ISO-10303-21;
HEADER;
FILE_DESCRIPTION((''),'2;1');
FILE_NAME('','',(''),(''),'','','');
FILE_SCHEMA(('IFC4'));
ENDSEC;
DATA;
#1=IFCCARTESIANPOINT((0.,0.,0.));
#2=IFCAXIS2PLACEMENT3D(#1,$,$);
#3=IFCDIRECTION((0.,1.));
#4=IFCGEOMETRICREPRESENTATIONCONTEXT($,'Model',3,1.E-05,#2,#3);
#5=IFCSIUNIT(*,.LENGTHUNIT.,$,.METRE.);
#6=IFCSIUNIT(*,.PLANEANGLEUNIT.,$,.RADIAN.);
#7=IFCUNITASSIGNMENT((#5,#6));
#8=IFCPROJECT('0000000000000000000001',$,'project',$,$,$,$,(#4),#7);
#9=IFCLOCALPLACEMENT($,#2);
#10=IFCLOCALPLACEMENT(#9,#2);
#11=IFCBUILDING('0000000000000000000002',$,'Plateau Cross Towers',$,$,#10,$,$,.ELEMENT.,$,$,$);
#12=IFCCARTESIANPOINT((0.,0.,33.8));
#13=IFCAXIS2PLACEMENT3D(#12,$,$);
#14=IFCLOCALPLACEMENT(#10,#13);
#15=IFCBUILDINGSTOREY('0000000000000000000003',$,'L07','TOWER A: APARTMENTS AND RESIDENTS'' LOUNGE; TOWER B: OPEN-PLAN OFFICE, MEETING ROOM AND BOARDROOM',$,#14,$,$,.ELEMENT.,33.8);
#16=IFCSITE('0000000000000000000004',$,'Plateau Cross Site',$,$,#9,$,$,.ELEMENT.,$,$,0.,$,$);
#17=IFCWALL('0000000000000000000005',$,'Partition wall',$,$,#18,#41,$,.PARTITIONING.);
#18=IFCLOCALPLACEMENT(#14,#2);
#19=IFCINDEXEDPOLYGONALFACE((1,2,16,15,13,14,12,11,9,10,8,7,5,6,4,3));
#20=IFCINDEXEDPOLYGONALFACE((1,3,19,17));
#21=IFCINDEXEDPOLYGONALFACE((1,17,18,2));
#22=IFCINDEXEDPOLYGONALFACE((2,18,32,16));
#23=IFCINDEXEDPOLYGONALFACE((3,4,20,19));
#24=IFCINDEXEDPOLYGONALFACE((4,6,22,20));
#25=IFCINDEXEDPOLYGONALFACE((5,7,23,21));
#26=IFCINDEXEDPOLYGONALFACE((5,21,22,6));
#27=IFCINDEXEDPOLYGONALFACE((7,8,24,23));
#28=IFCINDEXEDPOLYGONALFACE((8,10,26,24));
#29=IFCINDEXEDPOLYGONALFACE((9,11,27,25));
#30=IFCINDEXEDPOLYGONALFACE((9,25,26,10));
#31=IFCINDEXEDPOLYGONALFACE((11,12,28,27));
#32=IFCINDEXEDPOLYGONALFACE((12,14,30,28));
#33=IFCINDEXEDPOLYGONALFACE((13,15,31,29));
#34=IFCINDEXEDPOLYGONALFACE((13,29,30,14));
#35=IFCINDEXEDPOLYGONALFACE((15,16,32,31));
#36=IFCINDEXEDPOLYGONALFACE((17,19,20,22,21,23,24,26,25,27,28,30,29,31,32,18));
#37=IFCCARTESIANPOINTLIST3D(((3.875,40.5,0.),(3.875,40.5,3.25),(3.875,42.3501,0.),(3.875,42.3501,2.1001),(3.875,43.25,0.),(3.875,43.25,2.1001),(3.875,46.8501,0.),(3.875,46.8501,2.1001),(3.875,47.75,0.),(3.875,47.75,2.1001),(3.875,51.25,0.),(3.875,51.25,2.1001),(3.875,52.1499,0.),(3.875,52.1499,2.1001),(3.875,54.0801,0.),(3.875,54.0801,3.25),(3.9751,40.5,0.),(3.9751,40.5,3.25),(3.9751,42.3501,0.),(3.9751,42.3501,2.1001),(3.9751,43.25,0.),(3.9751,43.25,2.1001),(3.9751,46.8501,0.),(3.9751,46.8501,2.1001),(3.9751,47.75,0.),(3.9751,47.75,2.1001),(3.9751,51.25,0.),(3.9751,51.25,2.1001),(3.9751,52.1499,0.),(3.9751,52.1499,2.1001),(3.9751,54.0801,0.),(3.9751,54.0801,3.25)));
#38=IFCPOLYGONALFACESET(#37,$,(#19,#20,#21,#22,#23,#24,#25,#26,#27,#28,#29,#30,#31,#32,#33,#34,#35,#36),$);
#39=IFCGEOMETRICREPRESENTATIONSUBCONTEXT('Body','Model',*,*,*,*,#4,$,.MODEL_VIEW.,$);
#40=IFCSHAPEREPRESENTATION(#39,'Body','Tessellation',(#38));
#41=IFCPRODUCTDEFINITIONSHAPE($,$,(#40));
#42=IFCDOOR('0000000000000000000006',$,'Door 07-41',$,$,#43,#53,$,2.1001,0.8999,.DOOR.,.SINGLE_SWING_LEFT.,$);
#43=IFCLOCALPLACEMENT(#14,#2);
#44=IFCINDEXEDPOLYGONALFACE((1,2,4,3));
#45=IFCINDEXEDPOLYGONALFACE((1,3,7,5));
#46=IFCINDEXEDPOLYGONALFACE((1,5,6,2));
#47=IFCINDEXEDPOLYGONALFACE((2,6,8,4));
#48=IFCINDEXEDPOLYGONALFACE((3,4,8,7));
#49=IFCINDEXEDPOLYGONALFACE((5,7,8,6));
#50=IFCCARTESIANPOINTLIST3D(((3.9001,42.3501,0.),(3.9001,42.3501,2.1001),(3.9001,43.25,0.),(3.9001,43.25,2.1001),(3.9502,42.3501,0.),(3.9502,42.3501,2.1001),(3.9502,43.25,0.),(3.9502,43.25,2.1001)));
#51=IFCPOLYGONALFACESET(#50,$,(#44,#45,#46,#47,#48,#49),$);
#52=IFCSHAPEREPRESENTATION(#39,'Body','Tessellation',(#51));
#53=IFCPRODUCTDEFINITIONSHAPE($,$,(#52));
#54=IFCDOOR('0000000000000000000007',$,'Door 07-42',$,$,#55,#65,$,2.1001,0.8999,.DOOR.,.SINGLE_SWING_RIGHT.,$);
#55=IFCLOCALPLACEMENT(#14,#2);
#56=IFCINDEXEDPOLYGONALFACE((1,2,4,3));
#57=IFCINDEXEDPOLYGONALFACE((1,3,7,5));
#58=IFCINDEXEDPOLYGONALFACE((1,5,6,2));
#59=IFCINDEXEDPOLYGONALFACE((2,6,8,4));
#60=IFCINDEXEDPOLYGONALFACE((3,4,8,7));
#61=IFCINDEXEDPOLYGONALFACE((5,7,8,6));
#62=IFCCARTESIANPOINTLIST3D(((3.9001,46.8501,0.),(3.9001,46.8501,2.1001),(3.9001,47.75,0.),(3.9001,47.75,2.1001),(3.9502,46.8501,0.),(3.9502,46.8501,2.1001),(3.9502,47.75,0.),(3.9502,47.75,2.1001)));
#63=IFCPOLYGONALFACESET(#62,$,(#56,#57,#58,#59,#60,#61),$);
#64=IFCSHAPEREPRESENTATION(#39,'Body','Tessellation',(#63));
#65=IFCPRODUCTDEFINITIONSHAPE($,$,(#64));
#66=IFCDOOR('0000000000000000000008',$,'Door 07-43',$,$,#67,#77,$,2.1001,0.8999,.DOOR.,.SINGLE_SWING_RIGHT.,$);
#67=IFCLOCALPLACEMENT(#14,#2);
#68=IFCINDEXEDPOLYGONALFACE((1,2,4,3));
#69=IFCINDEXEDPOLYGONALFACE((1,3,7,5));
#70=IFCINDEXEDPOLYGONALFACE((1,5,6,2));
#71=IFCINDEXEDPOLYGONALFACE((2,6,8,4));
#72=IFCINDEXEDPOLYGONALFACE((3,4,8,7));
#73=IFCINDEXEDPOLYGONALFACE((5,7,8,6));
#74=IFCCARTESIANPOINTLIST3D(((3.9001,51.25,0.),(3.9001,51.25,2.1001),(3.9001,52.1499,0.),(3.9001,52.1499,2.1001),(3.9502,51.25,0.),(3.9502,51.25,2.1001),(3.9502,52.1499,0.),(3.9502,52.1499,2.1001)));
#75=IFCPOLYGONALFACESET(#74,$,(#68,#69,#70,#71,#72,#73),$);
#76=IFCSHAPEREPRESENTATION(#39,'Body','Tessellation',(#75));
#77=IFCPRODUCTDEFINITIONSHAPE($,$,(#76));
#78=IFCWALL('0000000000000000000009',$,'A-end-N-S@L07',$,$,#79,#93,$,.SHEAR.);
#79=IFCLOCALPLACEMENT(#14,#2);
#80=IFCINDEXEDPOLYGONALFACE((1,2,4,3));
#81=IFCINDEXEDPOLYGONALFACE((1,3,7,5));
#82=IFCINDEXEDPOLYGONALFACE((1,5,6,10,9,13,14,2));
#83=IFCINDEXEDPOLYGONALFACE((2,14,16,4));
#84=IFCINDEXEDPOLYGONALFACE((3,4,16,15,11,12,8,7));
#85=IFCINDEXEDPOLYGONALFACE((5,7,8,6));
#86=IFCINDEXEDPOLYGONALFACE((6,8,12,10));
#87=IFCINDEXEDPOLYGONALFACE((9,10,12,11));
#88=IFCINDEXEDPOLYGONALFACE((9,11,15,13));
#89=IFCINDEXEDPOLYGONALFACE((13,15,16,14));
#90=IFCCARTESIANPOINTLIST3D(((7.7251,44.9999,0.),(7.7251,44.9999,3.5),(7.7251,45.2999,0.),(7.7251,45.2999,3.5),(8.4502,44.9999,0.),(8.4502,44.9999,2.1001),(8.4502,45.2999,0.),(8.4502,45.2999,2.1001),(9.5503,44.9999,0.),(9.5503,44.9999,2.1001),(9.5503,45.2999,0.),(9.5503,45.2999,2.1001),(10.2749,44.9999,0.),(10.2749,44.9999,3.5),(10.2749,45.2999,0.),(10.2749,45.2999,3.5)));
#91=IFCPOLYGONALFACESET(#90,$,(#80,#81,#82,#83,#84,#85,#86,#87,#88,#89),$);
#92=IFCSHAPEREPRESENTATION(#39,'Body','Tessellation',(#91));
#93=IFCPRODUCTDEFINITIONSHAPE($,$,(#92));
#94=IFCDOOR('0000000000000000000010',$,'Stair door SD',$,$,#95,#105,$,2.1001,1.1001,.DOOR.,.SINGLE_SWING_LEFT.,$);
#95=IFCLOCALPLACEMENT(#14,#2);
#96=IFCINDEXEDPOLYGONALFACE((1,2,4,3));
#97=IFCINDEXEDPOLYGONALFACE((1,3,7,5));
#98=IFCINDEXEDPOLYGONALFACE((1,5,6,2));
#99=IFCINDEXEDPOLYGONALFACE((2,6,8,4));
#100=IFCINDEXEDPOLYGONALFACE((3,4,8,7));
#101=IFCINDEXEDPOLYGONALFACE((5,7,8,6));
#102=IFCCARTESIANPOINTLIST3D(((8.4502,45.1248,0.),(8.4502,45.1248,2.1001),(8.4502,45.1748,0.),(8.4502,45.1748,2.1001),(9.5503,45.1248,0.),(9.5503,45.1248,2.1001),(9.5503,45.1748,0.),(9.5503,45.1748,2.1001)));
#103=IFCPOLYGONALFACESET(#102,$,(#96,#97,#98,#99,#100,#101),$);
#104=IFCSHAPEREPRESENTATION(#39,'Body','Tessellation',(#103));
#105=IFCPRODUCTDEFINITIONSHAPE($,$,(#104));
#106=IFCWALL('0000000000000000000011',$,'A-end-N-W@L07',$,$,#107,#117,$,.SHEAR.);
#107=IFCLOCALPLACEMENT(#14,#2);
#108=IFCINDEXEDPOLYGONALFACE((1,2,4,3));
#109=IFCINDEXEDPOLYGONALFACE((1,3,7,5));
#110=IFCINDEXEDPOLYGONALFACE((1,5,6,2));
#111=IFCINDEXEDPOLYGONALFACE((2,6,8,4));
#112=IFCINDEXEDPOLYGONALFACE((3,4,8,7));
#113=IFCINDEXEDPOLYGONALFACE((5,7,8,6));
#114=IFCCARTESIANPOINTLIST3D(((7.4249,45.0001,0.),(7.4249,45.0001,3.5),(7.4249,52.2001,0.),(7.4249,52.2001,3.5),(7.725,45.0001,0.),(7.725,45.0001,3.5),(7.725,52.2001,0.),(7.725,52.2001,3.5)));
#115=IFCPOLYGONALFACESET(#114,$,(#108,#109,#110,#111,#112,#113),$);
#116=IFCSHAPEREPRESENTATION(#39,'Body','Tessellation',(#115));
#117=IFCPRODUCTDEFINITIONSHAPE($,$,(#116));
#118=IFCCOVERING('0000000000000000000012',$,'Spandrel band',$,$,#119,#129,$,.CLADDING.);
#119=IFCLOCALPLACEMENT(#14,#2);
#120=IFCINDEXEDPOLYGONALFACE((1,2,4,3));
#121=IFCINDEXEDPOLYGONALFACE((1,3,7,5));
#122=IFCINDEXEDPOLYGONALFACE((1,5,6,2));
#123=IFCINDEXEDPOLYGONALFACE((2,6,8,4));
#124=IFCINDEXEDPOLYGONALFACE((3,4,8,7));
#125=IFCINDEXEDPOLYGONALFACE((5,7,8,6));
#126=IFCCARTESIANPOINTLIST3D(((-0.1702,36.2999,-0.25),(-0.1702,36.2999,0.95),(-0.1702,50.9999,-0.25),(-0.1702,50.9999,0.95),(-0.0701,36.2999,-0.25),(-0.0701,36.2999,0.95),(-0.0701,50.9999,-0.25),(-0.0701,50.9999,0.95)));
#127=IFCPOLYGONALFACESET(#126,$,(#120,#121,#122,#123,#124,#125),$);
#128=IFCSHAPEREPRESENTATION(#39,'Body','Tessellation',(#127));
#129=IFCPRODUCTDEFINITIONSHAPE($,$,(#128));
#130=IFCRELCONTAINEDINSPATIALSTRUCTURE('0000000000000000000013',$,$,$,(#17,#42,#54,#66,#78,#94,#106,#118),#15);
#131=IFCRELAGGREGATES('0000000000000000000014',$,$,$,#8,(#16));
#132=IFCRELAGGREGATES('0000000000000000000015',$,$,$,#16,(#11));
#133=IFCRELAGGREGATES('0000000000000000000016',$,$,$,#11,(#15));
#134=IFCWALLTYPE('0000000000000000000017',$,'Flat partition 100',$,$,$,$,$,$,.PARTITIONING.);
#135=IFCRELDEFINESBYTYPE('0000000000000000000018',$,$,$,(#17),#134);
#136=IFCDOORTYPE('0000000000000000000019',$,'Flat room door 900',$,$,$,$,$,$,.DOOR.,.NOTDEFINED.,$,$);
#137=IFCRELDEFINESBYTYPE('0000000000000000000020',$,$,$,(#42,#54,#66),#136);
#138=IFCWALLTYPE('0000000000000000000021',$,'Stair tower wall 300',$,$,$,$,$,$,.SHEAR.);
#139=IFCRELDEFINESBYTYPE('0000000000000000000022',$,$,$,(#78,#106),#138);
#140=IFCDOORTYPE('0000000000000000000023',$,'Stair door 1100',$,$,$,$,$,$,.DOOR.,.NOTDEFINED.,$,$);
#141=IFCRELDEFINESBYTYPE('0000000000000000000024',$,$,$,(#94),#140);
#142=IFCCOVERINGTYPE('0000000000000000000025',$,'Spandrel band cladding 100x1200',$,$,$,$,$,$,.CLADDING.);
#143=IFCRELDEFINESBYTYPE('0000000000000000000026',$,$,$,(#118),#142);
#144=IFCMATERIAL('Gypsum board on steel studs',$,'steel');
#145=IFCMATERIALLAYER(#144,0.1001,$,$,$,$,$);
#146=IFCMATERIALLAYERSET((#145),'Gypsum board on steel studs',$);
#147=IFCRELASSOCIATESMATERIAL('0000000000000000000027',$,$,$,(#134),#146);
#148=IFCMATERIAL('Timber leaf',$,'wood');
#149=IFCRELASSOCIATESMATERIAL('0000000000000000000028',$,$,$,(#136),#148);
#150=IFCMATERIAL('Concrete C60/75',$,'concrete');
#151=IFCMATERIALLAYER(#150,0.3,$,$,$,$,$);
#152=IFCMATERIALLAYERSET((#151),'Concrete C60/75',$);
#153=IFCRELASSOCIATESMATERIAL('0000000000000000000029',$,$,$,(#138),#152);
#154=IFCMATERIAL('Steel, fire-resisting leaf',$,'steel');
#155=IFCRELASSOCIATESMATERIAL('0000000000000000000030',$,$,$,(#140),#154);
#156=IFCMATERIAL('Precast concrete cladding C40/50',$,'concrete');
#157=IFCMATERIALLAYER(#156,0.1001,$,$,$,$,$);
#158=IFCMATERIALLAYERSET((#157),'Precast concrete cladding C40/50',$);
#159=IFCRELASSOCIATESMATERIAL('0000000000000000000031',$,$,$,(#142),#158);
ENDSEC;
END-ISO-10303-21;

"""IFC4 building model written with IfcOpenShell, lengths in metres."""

from ifc_helpers import new_model, si_unit, direction, frame, frame_2d, origin, origin_2d, place, context, subcontext, project, spatial, rectangle, extrude, material, layer, layer_set, type_object, element, fill, save


model = new_model("IFC4")

# Units and contexts
model_context = context("Model", 3, precision=1e-05, world=origin(), true_north=direction((0.0, 1.0)))
body_context = subcontext(model_context, "Body", "Model", "MODEL_VIEW")
ifc_project = project(units=[si_unit("LENGTHUNIT", "METRE"), si_unit("PLANEANGLEUNIT", "RADIAN")], contexts=[model_context])

# Site, building, storey
site_placement = place(None, origin())
site = spatial("IfcSite", under=ifc_project, at=site_placement, Name="Plateau Cross Site", CompositionType="ELEMENT", RefElevation=0.0)
building_placement = place(site_placement, origin())
building = spatial("IfcBuilding", under=site, at=building_placement, Name="Plateau Cross Towers", CompositionType="ELEMENT")
storey_placement = place(building_placement, frame((0.0, 0.0, 33.8)))
storey = spatial("IfcBuildingStorey", under=building, at=storey_placement, Name="L07", Description="TOWER A: APARTMENTS AND RESIDENTS' LOUNGE; TOWER B: OPEN-PLAN OFFICE, MEETING ROOM AND BOARDROOM", CompositionType="ELEMENT", Elevation=33.8)

# Shared definitions
ifc_material_1 = material(Name="Gypsum board on steel studs", Category="steel")
ifc_layer_1 = layer(ifc_material_1, 0.1001)
ifc_layer_set_1 = layer_set([ifc_layer_1], Name="Gypsum board on steel studs")
wall_type_1 = type_object("IfcWallType", Name="Flat partition 100", PredefinedType="PARTITIONING", material=ifc_layer_set_1)

# Shared definitions
ifc_material_2 = material(Name="Timber leaf", Category="wood")
door_type_1 = type_object("IfcDoorType", Name="Flat room door 900", OperationType="NOTDEFINED", PredefinedType="DOOR", material=ifc_material_2)

# Wall, openings, doors
wall_1_placement = place(storey_placement, frame((3.925, 40.5, 0.0), z_axis=(0.0, 0.0, 1.0), x_axis=(0.0, 1.0, 0.0)))
wall_1 = element("IfcWall", 1, at=wall_1_placement, inside=storey, type_object=wall_type_1, Name="Partition wall", PredefinedType="PARTITIONING", context=body_context, shape_type="SweptSolid", body=[
    extrude(rectangle(XDim=13.5801, YDim=0.1001, at=frame_2d((6.79, 0.0))), origin(), (0.0, 0.0, 1.0), 3.25),
])
opening_1_placement = place(wall_1_placement, frame((1.8501, 0.0, 0.0)))
opening_1 = element("IfcOpeningElement", 2, at=opening_1_placement, cuts=wall_1, PredefinedType="OPENING", context=body_context, shape_type="SweptSolid", body=[
    extrude(rectangle(XDim=0.8999, YDim=2.1001, at=frame_2d((0.45, 1.05))), frame((0.0, 0.0601, 0.0), z_axis=(0.0, -1.0, 0.0), x_axis=(1.0, 0.0, 0.0)), (0.0, 0.0, 1.0), 0.1201),
])
opening_2_placement = place(wall_1_placement, frame((6.3501, 0.0, 0.0)))
opening_2 = element("IfcOpeningElement", 3, at=opening_2_placement, cuts=wall_1, PredefinedType="OPENING", context=body_context, shape_type="SweptSolid", body=[
    extrude(rectangle(XDim=0.8999, YDim=2.1001, at=frame_2d((0.45, 1.05))), frame((0.0, 0.0601, 0.0), z_axis=(0.0, -1.0, 0.0), x_axis=(1.0, 0.0, 0.0)), (0.0, 0.0, 1.0), 0.1201),
])
opening_3_placement = place(wall_1_placement, frame((10.75, 0.0, 0.0)))
opening_3 = element("IfcOpeningElement", 4, at=opening_3_placement, cuts=wall_1, PredefinedType="OPENING", context=body_context, shape_type="SweptSolid", body=[
    extrude(rectangle(XDim=0.8999, YDim=2.1001, at=frame_2d((0.45, 1.05))), frame((0.0, 0.0601, 0.0), z_axis=(0.0, -1.0, 0.0), x_axis=(1.0, 0.0, 0.0)), (0.0, 0.0, 1.0), 0.1201),
])
door_1_placement = place(opening_1_placement, origin())
door_1 = element("IfcDoor", 5, at=door_1_placement, inside=storey, type_object=door_type_1, Name="Door 07-41", OperationType="SINGLE_SWING_LEFT", OverallHeight=2.1001, OverallWidth=0.8999, PredefinedType="DOOR", context=body_context, shape_type="SweptSolid", body=[
    extrude(rectangle(XDim=0.8999, YDim=2.1001, at=frame_2d((0.45, 1.05))), frame((0.0, 0.0249, 0.0), z_axis=(0.0, -1.0, 0.0), x_axis=(1.0, 0.0, 0.0)), (0.0, 0.0, 1.0), 0.05),
])
fill(opening_1, door_1)
door_2_placement = place(opening_2_placement, origin())
door_2 = element("IfcDoor", 6, at=door_2_placement, inside=storey, type_object=door_type_1, Name="Door 07-42", OperationType="SINGLE_SWING_RIGHT", OverallHeight=2.1001, OverallWidth=0.8999, PredefinedType="DOOR", context=body_context, shape_type="SweptSolid", body=[
    extrude(rectangle(XDim=0.8999, YDim=2.1001, at=frame_2d((0.45, 1.05))), frame((0.0, 0.0249, 0.0), z_axis=(0.0, -1.0, 0.0), x_axis=(1.0, 0.0, 0.0)), (0.0, 0.0, 1.0), 0.05),
])
fill(opening_2, door_2)
door_3_placement = place(opening_3_placement, origin())
door_3 = element("IfcDoor", 7, at=door_3_placement, inside=storey, type_object=door_type_1, Name="Door 07-43", OperationType="SINGLE_SWING_RIGHT", OverallHeight=2.1001, OverallWidth=0.8999, PredefinedType="DOOR", context=body_context, shape_type="SweptSolid", body=[
    extrude(rectangle(XDim=0.8999, YDim=2.1001, at=frame_2d((0.45, 1.05))), frame((0.0, 0.0249, 0.0), z_axis=(0.0, -1.0, 0.0), x_axis=(1.0, 0.0, 0.0)), (0.0, 0.0, 1.0), 0.05),
])
fill(opening_3, door_3)

# Wall, opening, door
ifc_material_3 = material(Name="Concrete C60/75", Category="concrete")
ifc_layer_2 = layer(ifc_material_3, 0.3)
ifc_layer_set_2 = layer_set([ifc_layer_2], Name="Concrete C60/75")
wall_type_2 = type_object("IfcWallType", Name="Stair tower wall 300", PredefinedType="SHEAR", material=ifc_layer_set_2)
wall_2_placement = place(storey_placement, frame((7.7251, 45.1499, 0.0), z_axis=(0.0, 0.0, 1.0), x_axis=(1.0, 0.0, 0.0)))
wall_2 = element("IfcWall", 8, at=wall_2_placement, inside=storey, type_object=wall_type_2, Name="A-end-N-S@L07", PredefinedType="SHEAR", context=body_context, shape_type="SweptSolid", body=[
    extrude(rectangle(XDim=2.5498, YDim=0.3, at=frame_2d((1.2749, 0.0))), origin(), (0.0, 0.0, 1.0), 3.5),
])
opening_4_placement = place(wall_2_placement, frame((0.7251, 0.0, 0.0)))
opening_4 = element("IfcOpeningElement", 9, at=opening_4_placement, cuts=wall_2, PredefinedType="OPENING", context=body_context, shape_type="SweptSolid", body=[
    extrude(rectangle(XDim=1.1001, YDim=2.1001, at=frame_2d((0.55, 1.05))), frame((0.0, 0.1599, 0.0), z_axis=(0.0, -1.0, 0.0), x_axis=(1.0, 0.0, 0.0)), (0.0, 0.0, 1.0), 0.3201),
])
ifc_material_4 = material(Name="Steel, fire-resisting leaf", Category="steel")
door_type_2 = type_object("IfcDoorType", Name="Stair door 1100", OperationType="NOTDEFINED", PredefinedType="DOOR", material=ifc_material_4)
door_4_placement = place(opening_4_placement, origin())
door_4 = element("IfcDoor", 10, at=door_4_placement, inside=storey, type_object=door_type_2, Name="Stair door SD", OperationType="SINGLE_SWING_LEFT", OverallHeight=2.1001, OverallWidth=1.1001, PredefinedType="DOOR", context=body_context, shape_type="SweptSolid", body=[
    extrude(rectangle(XDim=1.1001, YDim=2.1001, at=frame_2d((0.55, 1.05))), frame((0.0, 0.0249, 0.0), z_axis=(0.0, -1.0, 0.0), x_axis=(1.0, 0.0, 0.0)), (0.0, 0.0, 1.0), 0.05),
])
fill(opening_4, door_4)

# Wall
wall_3_placement = place(storey_placement, frame((7.575, 45.0, 0.0), z_axis=(0.0, 0.0, 1.0), x_axis=(0.0, 1.0, 0.0)))
element("IfcWall", 11, at=wall_3_placement, inside=storey, type_object=wall_type_2, Name="A-end-N-W@L07", PredefinedType="SHEAR", context=body_context, shape_type="SweptSolid", body=[
    extrude(rectangle(XDim=7.2, YDim=0.3, at=frame_2d((3.6001, 0.0))), origin(), (0.0, 0.0, 1.0), 3.5),
])

# Covering
ifc_material_5 = material(Name="Precast concrete cladding C40/50", Category="concrete")
ifc_layer_3 = layer(ifc_material_5, 0.1001)
ifc_layer_set_3 = layer_set([ifc_layer_3], Name="Precast concrete cladding C40/50")
covering_type = type_object("IfcCoveringType", Name="Spandrel band cladding 100x1200", PredefinedType="CLADDING", material=ifc_layer_set_3)
covering_placement = place(storey_placement, frame((-0.1201, 43.6499, -0.25), z_axis=(0.0, 0.0, 1.0), x_axis=(0.0, -1.0, 0.0)))
element("IfcCovering", 12, at=covering_placement, inside=storey, type_object=covering_type, Name="Spandrel band", PredefinedType="CLADDING", context=body_context, shape_type="SweptSolid", body=[
    extrude(rectangle(XDim=14.7, YDim=0.1001, at=origin_2d()), origin(), (0.0, 0.0, 1.0), 1.2),
])

save(model, "model.ifc")
